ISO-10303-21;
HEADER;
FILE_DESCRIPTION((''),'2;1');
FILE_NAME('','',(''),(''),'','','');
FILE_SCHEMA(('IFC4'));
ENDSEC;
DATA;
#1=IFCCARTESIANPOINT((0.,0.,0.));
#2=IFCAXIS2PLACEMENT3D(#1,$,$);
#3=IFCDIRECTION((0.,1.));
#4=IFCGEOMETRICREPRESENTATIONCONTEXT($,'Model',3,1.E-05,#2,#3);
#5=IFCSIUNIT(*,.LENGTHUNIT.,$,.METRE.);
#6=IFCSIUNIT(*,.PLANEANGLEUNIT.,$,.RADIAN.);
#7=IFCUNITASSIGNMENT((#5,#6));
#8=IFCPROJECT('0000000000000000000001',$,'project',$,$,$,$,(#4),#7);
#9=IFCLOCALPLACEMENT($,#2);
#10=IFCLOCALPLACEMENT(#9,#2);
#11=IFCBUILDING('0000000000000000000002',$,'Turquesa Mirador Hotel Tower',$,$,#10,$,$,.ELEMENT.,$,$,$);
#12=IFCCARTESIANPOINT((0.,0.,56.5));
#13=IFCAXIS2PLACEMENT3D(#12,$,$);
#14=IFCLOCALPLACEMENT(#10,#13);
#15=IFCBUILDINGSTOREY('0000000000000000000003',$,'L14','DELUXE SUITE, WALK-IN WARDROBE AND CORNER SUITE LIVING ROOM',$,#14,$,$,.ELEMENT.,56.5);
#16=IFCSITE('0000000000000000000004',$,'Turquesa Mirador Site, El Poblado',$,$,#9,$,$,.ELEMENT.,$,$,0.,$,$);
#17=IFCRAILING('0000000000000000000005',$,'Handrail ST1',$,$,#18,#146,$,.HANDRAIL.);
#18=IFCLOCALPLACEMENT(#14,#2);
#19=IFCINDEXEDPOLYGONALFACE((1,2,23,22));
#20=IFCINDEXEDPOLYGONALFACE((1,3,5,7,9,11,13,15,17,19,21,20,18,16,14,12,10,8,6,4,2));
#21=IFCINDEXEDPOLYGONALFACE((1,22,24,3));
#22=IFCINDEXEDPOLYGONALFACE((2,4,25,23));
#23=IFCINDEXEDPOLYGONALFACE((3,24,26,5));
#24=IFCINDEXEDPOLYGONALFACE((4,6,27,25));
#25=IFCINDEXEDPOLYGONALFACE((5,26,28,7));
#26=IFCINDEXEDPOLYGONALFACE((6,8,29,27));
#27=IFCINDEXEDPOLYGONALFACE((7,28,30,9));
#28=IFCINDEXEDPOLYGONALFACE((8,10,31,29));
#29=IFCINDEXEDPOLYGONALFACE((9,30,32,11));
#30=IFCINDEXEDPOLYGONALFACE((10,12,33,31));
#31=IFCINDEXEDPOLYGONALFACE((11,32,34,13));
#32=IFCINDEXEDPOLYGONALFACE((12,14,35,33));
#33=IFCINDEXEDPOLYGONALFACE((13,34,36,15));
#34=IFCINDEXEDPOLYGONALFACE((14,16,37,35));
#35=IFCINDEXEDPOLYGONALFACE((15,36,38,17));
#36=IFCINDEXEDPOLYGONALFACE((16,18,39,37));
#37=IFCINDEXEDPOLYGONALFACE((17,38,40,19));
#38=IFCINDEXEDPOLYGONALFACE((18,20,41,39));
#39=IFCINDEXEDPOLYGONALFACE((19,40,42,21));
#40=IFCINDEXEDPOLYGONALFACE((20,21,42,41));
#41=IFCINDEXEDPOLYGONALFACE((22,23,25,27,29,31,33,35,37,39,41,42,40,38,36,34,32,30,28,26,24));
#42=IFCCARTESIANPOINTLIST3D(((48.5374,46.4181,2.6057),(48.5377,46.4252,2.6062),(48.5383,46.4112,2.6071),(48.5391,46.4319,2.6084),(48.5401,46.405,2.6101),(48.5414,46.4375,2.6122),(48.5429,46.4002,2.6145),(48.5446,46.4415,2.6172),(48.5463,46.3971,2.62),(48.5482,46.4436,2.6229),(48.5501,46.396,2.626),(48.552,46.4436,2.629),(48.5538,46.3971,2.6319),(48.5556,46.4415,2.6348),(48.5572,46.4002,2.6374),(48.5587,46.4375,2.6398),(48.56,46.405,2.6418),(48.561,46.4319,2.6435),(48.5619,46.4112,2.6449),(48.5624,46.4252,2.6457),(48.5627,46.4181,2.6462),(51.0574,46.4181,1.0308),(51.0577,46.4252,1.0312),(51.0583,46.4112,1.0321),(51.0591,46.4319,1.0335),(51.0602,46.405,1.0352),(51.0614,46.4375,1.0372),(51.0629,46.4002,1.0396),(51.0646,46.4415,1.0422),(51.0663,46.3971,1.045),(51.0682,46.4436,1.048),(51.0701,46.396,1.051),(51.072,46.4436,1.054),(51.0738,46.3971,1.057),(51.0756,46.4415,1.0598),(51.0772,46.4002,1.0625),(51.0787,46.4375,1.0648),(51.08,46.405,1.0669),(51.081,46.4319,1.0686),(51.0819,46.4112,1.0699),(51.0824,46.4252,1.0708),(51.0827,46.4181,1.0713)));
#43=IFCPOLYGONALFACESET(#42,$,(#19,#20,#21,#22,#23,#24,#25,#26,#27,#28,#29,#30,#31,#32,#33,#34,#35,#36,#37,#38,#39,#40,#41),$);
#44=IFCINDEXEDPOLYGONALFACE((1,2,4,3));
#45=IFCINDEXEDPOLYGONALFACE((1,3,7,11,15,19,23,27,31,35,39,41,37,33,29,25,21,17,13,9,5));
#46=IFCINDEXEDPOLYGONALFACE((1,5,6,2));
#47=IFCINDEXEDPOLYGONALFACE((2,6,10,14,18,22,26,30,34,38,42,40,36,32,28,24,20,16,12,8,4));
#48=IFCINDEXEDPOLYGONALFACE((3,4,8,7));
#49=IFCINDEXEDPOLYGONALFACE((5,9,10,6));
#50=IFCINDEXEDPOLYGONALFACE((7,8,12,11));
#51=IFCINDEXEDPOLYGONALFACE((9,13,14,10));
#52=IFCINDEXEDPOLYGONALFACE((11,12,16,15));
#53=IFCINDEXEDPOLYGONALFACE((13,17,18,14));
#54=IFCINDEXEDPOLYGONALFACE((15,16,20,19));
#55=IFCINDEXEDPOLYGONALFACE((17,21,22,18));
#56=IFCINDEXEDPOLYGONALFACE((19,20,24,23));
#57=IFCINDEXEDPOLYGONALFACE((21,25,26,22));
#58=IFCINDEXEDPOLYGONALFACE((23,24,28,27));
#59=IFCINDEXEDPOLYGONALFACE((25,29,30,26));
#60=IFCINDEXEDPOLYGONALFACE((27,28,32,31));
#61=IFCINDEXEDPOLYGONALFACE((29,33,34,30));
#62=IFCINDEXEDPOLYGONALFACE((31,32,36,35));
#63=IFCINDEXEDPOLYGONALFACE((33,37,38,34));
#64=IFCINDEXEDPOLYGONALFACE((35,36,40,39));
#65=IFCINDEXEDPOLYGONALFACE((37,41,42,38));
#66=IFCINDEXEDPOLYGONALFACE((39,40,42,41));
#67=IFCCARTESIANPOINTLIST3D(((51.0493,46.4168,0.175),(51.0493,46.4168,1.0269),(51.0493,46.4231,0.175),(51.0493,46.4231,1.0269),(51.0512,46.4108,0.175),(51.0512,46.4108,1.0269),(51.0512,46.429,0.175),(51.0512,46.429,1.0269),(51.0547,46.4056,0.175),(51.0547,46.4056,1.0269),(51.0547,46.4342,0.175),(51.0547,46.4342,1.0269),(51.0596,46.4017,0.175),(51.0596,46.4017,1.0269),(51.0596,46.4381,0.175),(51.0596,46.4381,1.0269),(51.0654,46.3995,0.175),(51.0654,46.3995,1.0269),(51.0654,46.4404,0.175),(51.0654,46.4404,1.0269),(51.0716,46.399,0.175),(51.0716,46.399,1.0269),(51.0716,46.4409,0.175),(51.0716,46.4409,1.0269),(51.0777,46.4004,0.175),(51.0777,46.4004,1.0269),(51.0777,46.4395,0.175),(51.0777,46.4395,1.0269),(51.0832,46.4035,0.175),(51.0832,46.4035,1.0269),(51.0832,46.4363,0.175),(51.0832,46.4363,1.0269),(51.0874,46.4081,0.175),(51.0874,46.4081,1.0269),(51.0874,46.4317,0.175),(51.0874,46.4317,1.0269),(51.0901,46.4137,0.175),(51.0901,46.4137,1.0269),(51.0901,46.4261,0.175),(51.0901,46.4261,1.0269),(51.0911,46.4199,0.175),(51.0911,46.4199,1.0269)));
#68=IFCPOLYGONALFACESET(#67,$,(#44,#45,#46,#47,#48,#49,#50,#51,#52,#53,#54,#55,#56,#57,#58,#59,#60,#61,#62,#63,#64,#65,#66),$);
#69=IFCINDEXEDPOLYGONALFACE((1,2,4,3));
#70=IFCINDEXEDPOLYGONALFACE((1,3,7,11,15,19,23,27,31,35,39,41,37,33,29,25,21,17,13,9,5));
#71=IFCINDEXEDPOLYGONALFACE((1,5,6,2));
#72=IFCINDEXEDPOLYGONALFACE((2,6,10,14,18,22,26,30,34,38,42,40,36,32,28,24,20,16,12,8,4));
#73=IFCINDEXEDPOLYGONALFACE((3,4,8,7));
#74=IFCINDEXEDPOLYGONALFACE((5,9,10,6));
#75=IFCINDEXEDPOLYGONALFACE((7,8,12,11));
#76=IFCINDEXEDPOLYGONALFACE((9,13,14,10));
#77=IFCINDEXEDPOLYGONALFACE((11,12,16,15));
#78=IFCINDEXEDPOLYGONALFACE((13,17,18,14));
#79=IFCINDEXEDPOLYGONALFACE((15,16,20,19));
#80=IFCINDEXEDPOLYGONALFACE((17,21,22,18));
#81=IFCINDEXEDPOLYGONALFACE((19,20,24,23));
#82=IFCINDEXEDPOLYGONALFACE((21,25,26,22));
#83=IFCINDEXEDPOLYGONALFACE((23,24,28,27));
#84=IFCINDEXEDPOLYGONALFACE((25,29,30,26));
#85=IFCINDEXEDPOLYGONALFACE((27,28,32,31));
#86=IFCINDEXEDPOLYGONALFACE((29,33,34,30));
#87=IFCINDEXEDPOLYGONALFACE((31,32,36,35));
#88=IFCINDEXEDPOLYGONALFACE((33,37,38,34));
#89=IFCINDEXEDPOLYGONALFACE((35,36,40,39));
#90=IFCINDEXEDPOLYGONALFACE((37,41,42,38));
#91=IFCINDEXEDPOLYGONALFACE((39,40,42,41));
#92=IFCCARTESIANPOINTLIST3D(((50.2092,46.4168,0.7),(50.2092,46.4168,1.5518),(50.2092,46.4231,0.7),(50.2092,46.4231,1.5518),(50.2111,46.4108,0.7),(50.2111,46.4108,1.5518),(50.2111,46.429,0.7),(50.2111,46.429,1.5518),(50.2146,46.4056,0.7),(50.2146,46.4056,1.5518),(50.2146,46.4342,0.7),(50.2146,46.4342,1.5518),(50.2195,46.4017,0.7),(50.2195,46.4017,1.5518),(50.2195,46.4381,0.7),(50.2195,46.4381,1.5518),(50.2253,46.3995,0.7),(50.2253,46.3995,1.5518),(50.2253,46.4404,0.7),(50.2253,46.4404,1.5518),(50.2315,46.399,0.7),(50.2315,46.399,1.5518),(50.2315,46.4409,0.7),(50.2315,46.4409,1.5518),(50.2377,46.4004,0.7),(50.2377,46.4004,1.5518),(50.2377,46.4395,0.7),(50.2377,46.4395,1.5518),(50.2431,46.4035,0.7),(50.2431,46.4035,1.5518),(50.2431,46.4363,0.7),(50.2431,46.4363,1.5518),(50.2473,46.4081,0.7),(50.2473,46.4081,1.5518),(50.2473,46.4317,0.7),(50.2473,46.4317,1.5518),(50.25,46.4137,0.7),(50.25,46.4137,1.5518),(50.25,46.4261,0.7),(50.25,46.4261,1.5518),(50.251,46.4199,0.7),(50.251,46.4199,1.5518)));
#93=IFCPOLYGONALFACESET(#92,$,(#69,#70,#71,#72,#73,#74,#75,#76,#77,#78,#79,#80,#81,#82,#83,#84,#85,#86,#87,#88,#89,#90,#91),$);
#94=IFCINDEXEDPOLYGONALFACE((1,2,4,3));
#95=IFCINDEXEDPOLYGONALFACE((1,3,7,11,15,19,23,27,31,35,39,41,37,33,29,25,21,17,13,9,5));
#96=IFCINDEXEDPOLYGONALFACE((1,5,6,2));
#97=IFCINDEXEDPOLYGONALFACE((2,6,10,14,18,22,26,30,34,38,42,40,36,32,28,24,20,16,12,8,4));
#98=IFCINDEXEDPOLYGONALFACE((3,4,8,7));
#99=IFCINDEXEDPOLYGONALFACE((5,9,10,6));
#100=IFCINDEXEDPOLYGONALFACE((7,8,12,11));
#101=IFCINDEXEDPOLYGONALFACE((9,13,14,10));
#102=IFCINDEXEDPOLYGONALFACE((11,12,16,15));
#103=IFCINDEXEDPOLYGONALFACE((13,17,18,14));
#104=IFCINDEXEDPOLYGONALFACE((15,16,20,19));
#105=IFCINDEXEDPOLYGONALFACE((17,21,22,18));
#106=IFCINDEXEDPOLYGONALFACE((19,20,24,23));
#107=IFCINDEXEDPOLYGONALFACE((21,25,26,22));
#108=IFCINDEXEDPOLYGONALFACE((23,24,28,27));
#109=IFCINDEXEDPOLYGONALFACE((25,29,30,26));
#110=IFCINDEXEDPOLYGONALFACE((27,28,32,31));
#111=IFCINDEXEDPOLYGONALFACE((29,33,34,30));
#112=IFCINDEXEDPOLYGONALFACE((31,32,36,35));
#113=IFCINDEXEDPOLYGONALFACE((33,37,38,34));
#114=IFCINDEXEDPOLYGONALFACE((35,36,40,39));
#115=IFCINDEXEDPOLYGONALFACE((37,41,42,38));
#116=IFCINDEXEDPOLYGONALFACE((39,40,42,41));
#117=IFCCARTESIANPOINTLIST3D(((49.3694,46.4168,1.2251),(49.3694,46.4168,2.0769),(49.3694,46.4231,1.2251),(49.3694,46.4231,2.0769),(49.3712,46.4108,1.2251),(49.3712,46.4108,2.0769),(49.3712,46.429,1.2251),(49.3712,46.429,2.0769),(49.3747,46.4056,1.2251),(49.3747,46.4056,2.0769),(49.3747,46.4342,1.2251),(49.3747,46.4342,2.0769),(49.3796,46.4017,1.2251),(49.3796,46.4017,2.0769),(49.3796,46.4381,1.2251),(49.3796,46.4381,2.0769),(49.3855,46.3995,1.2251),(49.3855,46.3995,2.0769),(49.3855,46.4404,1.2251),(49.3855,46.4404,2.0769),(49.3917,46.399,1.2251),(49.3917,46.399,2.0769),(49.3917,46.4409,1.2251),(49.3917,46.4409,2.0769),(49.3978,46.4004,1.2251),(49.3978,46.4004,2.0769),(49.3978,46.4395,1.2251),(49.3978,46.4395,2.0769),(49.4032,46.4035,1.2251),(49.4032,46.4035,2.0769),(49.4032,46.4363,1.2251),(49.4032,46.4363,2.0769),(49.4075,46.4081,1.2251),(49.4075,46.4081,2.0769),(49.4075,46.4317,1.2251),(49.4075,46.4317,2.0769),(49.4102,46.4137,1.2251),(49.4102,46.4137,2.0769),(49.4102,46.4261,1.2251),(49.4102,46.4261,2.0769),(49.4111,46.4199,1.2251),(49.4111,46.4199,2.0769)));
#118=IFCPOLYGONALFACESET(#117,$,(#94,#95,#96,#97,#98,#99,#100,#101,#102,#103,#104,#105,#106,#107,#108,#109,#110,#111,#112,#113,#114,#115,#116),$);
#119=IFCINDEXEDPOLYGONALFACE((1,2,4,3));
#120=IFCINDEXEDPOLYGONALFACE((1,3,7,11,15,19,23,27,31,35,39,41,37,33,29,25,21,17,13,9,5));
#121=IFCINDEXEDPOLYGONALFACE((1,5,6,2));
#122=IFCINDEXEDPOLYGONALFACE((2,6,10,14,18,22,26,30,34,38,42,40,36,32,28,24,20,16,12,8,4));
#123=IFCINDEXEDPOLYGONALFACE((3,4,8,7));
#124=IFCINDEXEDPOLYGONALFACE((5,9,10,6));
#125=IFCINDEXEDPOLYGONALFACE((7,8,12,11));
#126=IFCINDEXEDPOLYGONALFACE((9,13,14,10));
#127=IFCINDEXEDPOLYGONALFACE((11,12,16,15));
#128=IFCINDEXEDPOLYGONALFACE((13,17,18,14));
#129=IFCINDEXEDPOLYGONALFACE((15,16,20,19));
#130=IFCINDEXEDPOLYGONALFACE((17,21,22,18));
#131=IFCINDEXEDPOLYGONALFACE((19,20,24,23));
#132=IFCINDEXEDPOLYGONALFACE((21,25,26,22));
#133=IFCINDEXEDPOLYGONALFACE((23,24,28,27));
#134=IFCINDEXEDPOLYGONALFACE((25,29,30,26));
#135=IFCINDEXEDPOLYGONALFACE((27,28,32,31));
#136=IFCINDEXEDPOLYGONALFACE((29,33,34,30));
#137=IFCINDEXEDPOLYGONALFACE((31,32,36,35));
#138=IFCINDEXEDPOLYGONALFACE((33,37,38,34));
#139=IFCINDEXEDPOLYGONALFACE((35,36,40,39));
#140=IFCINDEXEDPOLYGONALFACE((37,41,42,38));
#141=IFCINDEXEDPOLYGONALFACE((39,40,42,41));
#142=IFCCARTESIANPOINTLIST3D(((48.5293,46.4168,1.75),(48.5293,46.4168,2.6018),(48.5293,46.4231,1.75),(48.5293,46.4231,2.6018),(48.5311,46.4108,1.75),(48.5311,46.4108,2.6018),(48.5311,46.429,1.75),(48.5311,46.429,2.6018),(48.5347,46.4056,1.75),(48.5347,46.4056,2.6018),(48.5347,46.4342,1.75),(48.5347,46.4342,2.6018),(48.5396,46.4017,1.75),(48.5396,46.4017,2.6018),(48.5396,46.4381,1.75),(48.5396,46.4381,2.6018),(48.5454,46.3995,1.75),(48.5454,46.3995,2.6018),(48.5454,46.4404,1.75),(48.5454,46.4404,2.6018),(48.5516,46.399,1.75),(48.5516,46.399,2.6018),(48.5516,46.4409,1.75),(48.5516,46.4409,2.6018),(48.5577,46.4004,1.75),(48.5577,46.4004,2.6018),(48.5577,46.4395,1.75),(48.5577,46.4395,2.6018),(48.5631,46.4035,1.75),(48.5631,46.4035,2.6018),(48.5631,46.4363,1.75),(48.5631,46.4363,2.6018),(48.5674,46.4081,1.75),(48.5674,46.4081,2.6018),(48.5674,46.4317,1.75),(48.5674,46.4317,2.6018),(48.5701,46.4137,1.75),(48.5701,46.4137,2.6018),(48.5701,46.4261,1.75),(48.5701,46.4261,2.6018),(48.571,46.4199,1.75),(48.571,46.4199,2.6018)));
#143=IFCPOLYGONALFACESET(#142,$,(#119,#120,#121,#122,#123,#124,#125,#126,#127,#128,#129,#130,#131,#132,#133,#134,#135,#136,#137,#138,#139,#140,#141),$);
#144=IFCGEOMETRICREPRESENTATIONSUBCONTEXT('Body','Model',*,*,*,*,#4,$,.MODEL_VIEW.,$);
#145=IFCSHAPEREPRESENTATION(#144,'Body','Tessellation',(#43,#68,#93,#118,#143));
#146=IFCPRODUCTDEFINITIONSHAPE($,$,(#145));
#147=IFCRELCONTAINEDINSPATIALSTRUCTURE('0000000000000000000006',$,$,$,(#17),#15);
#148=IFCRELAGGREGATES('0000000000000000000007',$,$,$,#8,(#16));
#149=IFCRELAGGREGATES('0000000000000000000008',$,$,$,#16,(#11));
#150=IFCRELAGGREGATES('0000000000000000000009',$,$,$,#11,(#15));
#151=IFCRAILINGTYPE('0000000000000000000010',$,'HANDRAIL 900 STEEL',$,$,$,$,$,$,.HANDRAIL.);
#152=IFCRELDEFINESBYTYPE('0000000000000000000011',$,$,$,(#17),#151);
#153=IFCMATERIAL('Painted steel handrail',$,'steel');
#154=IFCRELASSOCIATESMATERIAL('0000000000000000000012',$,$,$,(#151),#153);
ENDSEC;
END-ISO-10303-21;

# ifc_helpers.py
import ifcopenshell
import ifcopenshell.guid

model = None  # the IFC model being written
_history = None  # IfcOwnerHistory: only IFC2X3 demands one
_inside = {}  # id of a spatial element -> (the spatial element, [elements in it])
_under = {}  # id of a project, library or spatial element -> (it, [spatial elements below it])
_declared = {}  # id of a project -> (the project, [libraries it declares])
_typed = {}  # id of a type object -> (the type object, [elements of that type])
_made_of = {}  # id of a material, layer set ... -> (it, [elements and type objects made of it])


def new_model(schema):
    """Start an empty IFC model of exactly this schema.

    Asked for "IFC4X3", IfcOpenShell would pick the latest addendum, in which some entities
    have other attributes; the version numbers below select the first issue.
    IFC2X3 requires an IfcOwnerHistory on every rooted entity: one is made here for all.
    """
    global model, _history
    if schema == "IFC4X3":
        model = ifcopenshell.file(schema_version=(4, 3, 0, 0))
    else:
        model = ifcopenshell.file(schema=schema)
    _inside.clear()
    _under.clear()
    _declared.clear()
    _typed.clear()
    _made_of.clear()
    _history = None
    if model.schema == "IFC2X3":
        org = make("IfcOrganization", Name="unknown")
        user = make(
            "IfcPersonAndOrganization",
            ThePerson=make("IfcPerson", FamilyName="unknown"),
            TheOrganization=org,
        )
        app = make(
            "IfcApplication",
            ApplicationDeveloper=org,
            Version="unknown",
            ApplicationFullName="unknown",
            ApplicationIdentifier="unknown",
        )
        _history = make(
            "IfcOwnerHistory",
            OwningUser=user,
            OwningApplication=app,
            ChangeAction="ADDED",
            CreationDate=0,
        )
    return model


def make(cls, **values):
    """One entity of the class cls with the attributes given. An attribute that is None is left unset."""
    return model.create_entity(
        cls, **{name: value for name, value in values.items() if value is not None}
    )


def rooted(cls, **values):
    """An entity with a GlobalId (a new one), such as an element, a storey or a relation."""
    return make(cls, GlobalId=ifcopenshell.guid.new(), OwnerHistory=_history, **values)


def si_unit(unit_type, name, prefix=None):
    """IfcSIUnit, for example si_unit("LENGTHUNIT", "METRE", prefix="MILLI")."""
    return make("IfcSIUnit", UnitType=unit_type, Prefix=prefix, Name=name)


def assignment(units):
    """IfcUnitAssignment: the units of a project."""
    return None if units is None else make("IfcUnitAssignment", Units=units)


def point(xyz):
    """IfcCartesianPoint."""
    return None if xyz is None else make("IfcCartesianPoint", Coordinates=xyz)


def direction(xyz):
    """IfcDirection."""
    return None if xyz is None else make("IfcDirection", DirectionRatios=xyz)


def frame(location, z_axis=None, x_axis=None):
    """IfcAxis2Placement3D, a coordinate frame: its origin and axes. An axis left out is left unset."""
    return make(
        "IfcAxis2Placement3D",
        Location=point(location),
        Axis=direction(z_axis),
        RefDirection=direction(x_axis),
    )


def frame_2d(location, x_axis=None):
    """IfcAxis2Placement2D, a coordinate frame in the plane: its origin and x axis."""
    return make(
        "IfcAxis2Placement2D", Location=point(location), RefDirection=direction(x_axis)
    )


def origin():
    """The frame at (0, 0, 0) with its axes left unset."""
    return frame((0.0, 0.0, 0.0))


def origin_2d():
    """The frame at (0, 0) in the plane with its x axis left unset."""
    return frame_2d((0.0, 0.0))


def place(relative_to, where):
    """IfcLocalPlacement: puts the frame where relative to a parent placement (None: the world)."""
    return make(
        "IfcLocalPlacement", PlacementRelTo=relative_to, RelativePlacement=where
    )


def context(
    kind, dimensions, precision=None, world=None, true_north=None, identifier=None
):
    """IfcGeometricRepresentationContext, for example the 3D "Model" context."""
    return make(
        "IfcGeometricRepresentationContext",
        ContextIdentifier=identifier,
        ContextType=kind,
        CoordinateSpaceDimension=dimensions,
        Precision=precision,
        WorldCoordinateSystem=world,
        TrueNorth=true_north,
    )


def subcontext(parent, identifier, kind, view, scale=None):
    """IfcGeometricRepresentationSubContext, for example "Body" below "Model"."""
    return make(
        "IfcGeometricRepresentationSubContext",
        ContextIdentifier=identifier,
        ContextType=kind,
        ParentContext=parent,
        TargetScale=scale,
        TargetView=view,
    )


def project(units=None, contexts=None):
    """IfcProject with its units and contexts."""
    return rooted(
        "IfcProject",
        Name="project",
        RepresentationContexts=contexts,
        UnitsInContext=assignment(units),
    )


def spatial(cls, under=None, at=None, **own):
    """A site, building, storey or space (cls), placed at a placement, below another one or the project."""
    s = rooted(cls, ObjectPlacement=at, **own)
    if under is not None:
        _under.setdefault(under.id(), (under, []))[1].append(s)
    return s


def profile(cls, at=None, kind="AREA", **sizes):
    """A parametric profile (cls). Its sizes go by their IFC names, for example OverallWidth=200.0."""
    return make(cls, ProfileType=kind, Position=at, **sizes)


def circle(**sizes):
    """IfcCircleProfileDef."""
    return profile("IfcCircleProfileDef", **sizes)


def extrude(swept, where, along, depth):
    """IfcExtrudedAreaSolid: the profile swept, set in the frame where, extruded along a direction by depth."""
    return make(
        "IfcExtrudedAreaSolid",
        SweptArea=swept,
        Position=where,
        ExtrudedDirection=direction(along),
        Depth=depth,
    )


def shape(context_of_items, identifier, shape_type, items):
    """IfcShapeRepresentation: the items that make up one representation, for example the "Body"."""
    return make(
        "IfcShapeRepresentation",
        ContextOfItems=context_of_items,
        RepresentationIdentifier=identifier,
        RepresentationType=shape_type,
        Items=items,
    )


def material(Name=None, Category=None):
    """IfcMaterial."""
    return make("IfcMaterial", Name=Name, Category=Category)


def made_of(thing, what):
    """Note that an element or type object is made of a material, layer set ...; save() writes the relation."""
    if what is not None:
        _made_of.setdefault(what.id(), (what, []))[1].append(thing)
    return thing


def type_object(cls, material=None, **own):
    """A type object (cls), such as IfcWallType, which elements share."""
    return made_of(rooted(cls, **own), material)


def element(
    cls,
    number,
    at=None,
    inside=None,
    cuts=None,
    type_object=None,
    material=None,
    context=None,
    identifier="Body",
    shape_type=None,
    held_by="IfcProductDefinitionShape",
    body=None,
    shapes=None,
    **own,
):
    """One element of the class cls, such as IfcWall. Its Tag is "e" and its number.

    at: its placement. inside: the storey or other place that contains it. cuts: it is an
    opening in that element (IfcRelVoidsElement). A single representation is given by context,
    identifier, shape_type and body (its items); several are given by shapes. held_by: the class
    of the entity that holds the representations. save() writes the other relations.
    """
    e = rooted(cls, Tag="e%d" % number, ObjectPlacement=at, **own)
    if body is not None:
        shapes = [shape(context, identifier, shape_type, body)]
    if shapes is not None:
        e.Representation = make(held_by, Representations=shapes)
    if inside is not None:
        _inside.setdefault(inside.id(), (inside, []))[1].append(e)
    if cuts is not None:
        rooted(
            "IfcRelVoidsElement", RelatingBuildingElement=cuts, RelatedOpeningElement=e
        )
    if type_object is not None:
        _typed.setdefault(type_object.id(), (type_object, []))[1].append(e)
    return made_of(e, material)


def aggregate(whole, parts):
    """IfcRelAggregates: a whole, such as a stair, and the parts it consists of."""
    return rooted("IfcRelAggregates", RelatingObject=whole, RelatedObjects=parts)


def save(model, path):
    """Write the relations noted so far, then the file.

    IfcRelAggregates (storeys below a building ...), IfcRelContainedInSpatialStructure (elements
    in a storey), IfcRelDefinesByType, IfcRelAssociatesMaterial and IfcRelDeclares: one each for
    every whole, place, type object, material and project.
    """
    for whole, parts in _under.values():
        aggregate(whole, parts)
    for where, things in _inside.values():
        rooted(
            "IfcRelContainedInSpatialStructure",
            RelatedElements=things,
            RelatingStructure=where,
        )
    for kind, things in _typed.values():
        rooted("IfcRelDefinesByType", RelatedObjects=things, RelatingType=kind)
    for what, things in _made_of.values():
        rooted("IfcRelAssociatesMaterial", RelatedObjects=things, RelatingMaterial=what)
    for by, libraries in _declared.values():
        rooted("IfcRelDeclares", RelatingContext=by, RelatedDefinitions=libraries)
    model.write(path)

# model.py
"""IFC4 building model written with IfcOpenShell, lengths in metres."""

from ifc_helpers import new_model, si_unit, direction, frame, origin, origin_2d, place, context, subcontext, project, spatial, circle, extrude, material, type_object, element, save


model = new_model("IFC4")

# Units and contexts
model_context = context("Model", 3, precision=1e-05, world=origin(), true_north=direction((0.0, 1.0)))
body_context = subcontext(model_context, "Body", "Model", "MODEL_VIEW")
ifc_project = project(units=[si_unit("LENGTHUNIT", "METRE"), si_unit("PLANEANGLEUNIT", "RADIAN")], contexts=[model_context])

# Site, building, storey
site_placement = place(None, origin())
site = spatial("IfcSite", under=ifc_project, at=site_placement, Name="Turquesa Mirador Site, El Poblado", CompositionType="ELEMENT", RefElevation=0.0)
building_placement = place(site_placement, origin())
building = spatial("IfcBuilding", under=site, at=building_placement, Name="Turquesa Mirador Hotel Tower", CompositionType="ELEMENT")
storey_placement = place(building_placement, frame((0.0, 0.0, 56.5)))
storey = spatial("IfcBuildingStorey", under=building, at=storey_placement, Name="L14", Description="DELUXE SUITE, WALK-IN WARDROBE AND CORNER SUITE LIVING ROOM", CompositionType="ELEMENT", Elevation=56.5)

# Railing
ifc_material_1 = material(Name="Painted steel handrail", Category="steel")
railing_type = type_object("IfcRailingType", Name="HANDRAIL 900 STEEL", PredefinedType="HANDRAIL", material=ifc_material_1)
railing_1_placement = place(storey_placement, frame((51.0701, 46.4199, 0.175)))
element("IfcRailing", 1, at=railing_1_placement, inside=storey, type_object=railing_type, Name="Handrail ST1", PredefinedType="HANDRAIL", context=body_context, shape_type="SweptSolid", body=[
    extrude(circle(Radius=0.0239, at=origin_2d()), frame((0.0, 0.0, 0.876), z_axis=(-0.848008, 0.0, 0.529984), x_axis=(0.0, -1.0, 0.0)), (0.0, 0.0, 1.0), 2.9717),
    extrude(circle(Radius=0.021, at=origin_2d()), origin(), (0.0, 0.0, 1.0), 0.8518),
    extrude(circle(Radius=0.021, at=origin_2d()), frame((-0.8401, 0.0, 0.5249)), (0.0, 0.0, 1.0), 0.8518),
    extrude(circle(Radius=0.021, at=origin_2d()), frame((-1.6799, 0.0, 1.05)), (0.0, 0.0, 1.0), 0.8518),
    extrude(circle(Radius=0.021, at=origin_2d()), frame((-2.52, 0.0, 1.575)), (0.0, 0.0, 1.0), 0.8518),
])

save(model, "model.ifc")
